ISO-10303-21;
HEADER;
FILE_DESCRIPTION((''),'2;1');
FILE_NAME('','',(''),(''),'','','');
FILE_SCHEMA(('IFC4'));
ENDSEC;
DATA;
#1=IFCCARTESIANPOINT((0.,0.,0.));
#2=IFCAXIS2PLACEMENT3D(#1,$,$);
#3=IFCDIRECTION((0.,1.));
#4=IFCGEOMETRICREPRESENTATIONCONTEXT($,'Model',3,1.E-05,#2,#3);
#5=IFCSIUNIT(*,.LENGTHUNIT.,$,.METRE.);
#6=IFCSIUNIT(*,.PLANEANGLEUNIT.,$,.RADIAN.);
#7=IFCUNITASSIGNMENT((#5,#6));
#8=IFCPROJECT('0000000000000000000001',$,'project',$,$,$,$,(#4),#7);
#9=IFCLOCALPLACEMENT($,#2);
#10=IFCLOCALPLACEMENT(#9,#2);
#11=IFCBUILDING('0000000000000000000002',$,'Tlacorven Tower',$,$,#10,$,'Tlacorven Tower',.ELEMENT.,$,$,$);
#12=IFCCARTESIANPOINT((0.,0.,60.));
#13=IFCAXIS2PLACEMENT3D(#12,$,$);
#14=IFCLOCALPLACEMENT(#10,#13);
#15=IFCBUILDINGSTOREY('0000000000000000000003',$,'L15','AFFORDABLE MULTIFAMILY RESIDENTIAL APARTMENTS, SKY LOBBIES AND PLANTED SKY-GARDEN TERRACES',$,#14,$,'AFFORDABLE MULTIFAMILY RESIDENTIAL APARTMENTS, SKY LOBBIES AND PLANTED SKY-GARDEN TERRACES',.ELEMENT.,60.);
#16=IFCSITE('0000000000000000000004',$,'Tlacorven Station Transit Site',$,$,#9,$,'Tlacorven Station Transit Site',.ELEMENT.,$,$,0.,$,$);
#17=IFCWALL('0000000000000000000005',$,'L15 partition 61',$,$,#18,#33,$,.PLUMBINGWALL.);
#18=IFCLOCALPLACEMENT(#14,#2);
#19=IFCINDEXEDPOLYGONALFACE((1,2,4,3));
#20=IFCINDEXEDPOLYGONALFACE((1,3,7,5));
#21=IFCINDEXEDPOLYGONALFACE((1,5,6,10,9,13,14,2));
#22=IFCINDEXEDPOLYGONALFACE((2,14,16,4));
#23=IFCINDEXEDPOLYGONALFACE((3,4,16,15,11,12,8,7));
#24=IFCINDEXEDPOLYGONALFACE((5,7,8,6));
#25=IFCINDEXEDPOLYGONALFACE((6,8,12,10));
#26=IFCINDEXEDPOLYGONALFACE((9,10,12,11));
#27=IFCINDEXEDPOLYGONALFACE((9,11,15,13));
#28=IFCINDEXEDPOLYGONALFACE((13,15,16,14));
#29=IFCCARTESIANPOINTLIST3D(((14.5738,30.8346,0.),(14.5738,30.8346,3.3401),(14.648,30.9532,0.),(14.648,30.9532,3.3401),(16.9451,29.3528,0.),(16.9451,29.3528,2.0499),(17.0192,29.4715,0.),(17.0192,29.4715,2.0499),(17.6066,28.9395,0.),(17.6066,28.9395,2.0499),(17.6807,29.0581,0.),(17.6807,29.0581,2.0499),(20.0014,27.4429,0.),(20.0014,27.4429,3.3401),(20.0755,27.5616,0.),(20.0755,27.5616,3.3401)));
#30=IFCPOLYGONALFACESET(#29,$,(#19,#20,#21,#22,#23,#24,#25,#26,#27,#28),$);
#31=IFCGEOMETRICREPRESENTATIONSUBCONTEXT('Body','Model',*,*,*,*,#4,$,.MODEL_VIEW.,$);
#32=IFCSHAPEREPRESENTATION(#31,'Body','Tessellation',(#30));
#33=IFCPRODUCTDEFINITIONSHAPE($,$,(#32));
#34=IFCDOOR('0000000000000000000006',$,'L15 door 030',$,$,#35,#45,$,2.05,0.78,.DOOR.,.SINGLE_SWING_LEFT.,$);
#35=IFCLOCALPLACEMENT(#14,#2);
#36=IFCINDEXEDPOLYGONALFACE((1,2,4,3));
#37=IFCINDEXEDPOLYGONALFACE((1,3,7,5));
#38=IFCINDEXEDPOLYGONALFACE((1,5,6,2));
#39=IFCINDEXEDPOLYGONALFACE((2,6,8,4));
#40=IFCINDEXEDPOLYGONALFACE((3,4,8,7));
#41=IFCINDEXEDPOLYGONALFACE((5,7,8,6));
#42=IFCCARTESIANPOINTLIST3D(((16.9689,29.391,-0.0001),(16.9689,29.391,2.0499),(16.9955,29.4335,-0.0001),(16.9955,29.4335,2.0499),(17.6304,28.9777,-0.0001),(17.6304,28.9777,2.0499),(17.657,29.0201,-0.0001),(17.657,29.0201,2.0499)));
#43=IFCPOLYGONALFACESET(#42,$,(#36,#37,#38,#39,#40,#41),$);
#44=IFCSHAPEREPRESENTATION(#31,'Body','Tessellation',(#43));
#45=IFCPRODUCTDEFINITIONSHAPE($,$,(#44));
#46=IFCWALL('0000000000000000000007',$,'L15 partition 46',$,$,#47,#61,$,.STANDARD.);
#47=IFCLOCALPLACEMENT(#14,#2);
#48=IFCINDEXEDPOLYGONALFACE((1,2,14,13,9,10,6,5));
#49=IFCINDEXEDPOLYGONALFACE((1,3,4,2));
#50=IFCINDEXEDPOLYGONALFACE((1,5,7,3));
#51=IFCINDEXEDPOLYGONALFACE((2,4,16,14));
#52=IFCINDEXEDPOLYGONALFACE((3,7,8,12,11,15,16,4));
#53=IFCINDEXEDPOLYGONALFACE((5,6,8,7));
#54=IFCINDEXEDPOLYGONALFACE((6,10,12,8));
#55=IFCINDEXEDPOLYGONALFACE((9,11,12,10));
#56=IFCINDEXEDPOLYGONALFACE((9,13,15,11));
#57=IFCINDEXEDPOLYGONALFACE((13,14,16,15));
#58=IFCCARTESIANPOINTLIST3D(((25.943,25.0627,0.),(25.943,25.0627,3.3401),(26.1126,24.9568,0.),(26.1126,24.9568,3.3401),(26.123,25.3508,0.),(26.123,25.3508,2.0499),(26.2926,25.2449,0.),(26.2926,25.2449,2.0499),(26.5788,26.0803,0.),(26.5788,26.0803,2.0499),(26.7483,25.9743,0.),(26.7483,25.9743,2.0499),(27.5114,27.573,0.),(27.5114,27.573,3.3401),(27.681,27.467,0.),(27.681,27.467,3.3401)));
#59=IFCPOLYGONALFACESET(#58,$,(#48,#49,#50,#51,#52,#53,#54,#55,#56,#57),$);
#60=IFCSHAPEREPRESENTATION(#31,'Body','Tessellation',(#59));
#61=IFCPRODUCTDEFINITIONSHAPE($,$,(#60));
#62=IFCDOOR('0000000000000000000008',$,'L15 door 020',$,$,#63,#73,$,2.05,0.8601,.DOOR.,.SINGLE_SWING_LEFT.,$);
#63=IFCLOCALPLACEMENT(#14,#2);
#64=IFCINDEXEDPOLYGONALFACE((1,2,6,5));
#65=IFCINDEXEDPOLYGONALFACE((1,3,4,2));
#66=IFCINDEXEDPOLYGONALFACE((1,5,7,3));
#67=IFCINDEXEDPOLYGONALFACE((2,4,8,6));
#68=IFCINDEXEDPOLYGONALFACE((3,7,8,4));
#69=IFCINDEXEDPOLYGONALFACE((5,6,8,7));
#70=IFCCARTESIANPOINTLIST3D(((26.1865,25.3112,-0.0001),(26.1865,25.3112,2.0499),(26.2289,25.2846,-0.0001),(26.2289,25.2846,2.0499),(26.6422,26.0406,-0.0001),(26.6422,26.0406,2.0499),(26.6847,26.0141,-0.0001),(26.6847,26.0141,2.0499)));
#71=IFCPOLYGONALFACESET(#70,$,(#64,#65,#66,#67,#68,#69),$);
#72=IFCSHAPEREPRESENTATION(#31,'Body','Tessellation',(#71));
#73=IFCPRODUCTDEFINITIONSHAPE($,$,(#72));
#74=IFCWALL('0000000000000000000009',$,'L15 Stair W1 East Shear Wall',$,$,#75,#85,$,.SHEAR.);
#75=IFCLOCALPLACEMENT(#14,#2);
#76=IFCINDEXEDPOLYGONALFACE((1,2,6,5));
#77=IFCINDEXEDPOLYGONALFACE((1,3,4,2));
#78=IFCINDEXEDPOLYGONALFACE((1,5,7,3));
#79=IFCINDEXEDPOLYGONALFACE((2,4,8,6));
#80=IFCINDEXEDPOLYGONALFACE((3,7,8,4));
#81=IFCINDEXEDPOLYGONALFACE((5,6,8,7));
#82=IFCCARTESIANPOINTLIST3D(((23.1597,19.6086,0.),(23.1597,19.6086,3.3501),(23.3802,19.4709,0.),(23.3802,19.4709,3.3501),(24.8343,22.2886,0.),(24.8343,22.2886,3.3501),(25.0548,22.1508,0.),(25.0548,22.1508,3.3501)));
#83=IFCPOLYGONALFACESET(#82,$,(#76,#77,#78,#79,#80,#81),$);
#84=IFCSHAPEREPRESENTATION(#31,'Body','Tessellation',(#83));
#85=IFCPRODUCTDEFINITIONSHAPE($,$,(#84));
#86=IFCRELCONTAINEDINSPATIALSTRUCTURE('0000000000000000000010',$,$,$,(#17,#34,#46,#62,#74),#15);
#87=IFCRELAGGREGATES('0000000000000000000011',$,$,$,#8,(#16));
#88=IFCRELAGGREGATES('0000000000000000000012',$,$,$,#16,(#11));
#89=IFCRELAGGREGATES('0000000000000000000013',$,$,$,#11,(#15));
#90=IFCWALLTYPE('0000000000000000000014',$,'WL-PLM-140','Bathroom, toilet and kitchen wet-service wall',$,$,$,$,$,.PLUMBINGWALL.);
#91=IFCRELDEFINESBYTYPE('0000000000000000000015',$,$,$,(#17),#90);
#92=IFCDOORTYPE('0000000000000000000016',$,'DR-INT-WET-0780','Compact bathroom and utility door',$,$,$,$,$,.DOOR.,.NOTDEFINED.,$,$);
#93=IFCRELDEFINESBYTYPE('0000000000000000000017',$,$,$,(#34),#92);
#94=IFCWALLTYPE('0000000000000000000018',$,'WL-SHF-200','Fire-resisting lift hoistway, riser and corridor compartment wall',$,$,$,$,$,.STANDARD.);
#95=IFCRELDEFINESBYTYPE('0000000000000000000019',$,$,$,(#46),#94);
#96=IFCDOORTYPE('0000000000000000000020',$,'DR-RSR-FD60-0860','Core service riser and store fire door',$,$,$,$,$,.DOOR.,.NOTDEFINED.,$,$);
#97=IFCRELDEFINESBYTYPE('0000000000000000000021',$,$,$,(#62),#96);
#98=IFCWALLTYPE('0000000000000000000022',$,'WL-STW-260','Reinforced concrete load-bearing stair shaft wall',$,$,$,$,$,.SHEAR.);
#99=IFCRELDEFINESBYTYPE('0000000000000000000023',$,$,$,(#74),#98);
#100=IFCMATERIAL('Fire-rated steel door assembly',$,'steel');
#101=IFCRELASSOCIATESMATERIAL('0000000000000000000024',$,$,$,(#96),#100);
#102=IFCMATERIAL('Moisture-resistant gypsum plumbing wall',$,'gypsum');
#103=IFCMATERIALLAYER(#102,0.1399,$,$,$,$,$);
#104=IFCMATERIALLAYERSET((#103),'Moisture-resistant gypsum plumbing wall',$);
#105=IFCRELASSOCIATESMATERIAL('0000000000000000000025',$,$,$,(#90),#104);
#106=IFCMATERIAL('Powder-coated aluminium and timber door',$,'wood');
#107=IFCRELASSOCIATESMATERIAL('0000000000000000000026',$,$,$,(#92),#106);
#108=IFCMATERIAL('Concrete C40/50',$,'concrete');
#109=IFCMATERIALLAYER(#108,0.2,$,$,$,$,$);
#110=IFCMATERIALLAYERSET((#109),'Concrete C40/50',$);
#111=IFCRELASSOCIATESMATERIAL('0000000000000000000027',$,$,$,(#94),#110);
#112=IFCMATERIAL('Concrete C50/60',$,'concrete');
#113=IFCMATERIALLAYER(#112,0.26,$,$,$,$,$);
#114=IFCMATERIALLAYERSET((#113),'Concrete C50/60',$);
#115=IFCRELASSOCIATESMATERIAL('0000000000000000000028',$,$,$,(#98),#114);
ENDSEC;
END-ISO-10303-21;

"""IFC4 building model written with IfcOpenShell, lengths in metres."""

from ifc_helpers import new_model, si_unit, direction, frame, frame_2d, origin, place, context, subcontext, project, spatial, rectangle, extrude, source, transform, mapped, material, layer, layer_set, type_object, element, fill, save


model = new_model("IFC4")

# Units and contexts
model_context = context("Model", 3, precision=1e-05, world=origin(), true_north=direction((0.0, 1.0)))
body_context = subcontext(model_context, "Body", "Model", "MODEL_VIEW")
ifc_project = project(units=[si_unit("LENGTHUNIT", "METRE"), si_unit("PLANEANGLEUNIT", "RADIAN")], contexts=[model_context])

# Site, building, storey
site_placement = place(None, origin())
site = spatial("IfcSite", under=ifc_project, at=site_placement, Name="Tlacorven Station Transit Site", LongName="Tlacorven Station Transit Site", CompositionType="ELEMENT", RefElevation=0.0)
building_placement = place(site_placement, origin())
building = spatial("IfcBuilding", under=site, at=building_placement, Name="Tlacorven Tower", LongName="Tlacorven Tower", CompositionType="ELEMENT")
storey_placement = place(building_placement, frame((0.0, 0.0, 60.0)))
storey = spatial("IfcBuildingStorey", under=building, at=storey_placement, Name="L15", Description="AFFORDABLE MULTIFAMILY RESIDENTIAL APARTMENTS, SKY LOBBIES AND PLANTED SKY-GARDEN TERRACES", LongName="AFFORDABLE MULTIFAMILY RESIDENTIAL APARTMENTS, SKY LOBBIES AND PLANTED SKY-GARDEN TERRACES", CompositionType="ELEMENT", Elevation=60.0)

# Shared definitions
ifc_material_1 = material(Name="Fire-rated steel door assembly", Category="steel")
door_type_1 = type_object("IfcDoorType", Name="DR-RSR-FD60-0860", Description="Core service riser and store fire door", OperationType="NOTDEFINED", PredefinedType="DOOR", material=ifc_material_1)
shared_shape_1 = source(origin(), body_context, "Body", "SweptSolid", [
    extrude(rectangle(XDim=0.8601, YDim=2.05, at=frame_2d((0.4302, 1.0249))), frame((0.0, 0.0249, 0.0), z_axis=(0.0, -1.0, 0.0), x_axis=(1.0, 0.0, 0.0)), (0.0, 0.0, 1.0), 0.05),
])

# Walls, openings, doors
ifc_material_2 = material(Name="Moisture-resistant gypsum plumbing wall", Category="gypsum")
ifc_layer_1 = layer(ifc_material_2, 0.1399)
ifc_layer_set_1 = layer_set([ifc_layer_1], Name="Moisture-resistant gypsum plumbing wall")
wall_type_1 = type_object("IfcWallType", Name="WL-PLM-140", Description="Bathroom, toilet and kitchen wet-service wall", PredefinedType="PLUMBINGWALL", material=ifc_layer_set_1)
wall_1_placement = place(storey_placement, frame((20.0386, 27.5022, 0.0), z_axis=(0.0, 0.0, 1.0), x_axis=(-0.848039, 0.529934, 0.0)))
wall_1 = element("IfcWall", 1, at=wall_1_placement, inside=storey, type_object=wall_type_1, Name="L15 partition 61", PredefinedType="PLUMBINGWALL", context=body_context, shape_type="SweptSolid", body=[
    extrude(rectangle(XDim=6.4001, YDim=0.1399, at=frame_2d((3.2002, 0.0))), origin(), (0.0, 0.0, 1.0), 3.3401),
])
opening_1_placement = place(wall_1_placement, frame((2.824, 0.0, 0.0)))
opening_1 = element("IfcOpeningElement", 2, at=opening_1_placement, cuts=wall_1, PredefinedType="OPENING", context=body_context, shape_type="SweptSolid", body=[
    extrude(rectangle(XDim=0.78, YDim=2.05, at=frame_2d((0.3901, 1.0249))), frame((0.0, 0.0801, 0.0), z_axis=(0.0, -1.0, 0.0), x_axis=(1.0, 0.0, 0.0)), (0.0, 0.0, 1.0), 0.1599),
])
ifc_material_3 = material(Name="Powder-coated aluminium and timber door", Category="wood")
door_type_2 = type_object("IfcDoorType", Name="DR-INT-WET-0780", Description="Compact bathroom and utility door", OperationType="NOTDEFINED", PredefinedType="DOOR", material=ifc_material_3)
shared_shape_2 = source(origin(), body_context, "Body", "SweptSolid", [
    extrude(rectangle(XDim=0.78, YDim=2.05, at=frame_2d((0.3901, 1.0249))), frame((0.0, 0.0249, 0.0), z_axis=(0.0, -1.0, 0.0), x_axis=(1.0, 0.0, 0.0)), (0.0, 0.0, 1.0), 0.05),
])
door_1_placement = place(opening_1_placement, origin())
door_1 = element("IfcDoor", 3, at=door_1_placement, inside=storey, type_object=door_type_2, Name="L15 door 030", OperationType="SINGLE_SWING_LEFT", OverallHeight=2.05, OverallWidth=0.78, PredefinedType="DOOR", context=body_context, shape_type="MappedRepresentation", body=[
    mapped(shared_shape_2, transform((0.0, 0.0, 0.0), scale=1.0)),
])
fill(opening_1, door_1)
ifc_material_4 = material(Name="Concrete C40/50", Category="concrete")
ifc_layer_2 = layer(ifc_material_4, 0.2)
ifc_layer_set_2 = layer_set([ifc_layer_2], Name="Concrete C40/50")
wall_type_2 = type_object("IfcWallType", Name="WL-SHF-200", Description="Fire-resisting lift hoistway, riser and corridor compartment wall", PredefinedType="STANDARD", material=ifc_layer_set_2)
wall_2_placement = place(storey_placement, frame((27.5962, 27.52, 0.0), z_axis=(0.0, 0.0, 1.0), x_axis=(-0.529865, -0.848082, 0.0)))
wall_2 = element("IfcWall", 4, at=wall_2_placement, inside=storey, type_object=wall_type_2, Name="L15 partition 46", PredefinedType="STANDARD", context=body_context, shape_type="SweptSolid", body=[
    extrude(rectangle(XDim=2.96, YDim=0.2, at=frame_2d((1.48, 0.0))), origin(), (0.0, 0.0, 1.0), 3.3401),
])
opening_2_placement = place(wall_2_placement, frame((1.76, 0.0, 0.0)))
opening_2 = element("IfcOpeningElement", 5, at=opening_2_placement, cuts=wall_2, PredefinedType="OPENING", context=body_context, shape_type="SweptSolid", body=[
    extrude(rectangle(XDim=0.8601, YDim=2.05, at=frame_2d((0.4302, 1.0249))), frame((0.0, 0.1099, 0.0), z_axis=(0.0, -1.0, 0.0), x_axis=(1.0, 0.0, 0.0)), (0.0, 0.0, 1.0), 0.22),
])
door_2_placement = place(opening_2_placement, origin())
door_2 = element("IfcDoor", 6, at=door_2_placement, inside=storey, type_object=door_type_1, Name="L15 door 020", OperationType="SINGLE_SWING_LEFT", OverallHeight=2.05, OverallWidth=0.8601, PredefinedType="DOOR", context=body_context, shape_type="MappedRepresentation", body=[
    mapped(shared_shape_1, transform((0.0, 0.0, 0.0), scale=1.0)),
])
fill(opening_2, door_2)

# Wall
ifc_material_5 = material(Name="Concrete C50/60", Category="concrete")
ifc_layer_3 = layer(ifc_material_5, 0.26)
ifc_layer_set_3 = layer_set([ifc_layer_3], Name="Concrete C50/60")
wall_type_3 = type_object("IfcWallType", Name="WL-STW-260", Description="Reinforced concrete load-bearing stair shaft wall", PredefinedType="SHEAR", material=ifc_layer_set_3)
wall_3_placement = place(storey_placement, frame((24.9446, 22.2197, 0.0), z_axis=(0.0, 0.0, 1.0), x_axis=(-0.529909, -0.848055, 0.0)))
element("IfcWall", 7, at=wall_3_placement, inside=storey, type_object=wall_type_3, Name="L15 Stair W1 East Shear Wall", PredefinedType="SHEAR", context=body_context, shape_type="SweptSolid", body=[
    extrude(rectangle(XDim=3.1602, YDim=0.26, at=frame_2d((1.5801, 0.0))), origin(), (0.0, 0.0, 1.0), 3.3501),
])

save(model, "model.ifc")
